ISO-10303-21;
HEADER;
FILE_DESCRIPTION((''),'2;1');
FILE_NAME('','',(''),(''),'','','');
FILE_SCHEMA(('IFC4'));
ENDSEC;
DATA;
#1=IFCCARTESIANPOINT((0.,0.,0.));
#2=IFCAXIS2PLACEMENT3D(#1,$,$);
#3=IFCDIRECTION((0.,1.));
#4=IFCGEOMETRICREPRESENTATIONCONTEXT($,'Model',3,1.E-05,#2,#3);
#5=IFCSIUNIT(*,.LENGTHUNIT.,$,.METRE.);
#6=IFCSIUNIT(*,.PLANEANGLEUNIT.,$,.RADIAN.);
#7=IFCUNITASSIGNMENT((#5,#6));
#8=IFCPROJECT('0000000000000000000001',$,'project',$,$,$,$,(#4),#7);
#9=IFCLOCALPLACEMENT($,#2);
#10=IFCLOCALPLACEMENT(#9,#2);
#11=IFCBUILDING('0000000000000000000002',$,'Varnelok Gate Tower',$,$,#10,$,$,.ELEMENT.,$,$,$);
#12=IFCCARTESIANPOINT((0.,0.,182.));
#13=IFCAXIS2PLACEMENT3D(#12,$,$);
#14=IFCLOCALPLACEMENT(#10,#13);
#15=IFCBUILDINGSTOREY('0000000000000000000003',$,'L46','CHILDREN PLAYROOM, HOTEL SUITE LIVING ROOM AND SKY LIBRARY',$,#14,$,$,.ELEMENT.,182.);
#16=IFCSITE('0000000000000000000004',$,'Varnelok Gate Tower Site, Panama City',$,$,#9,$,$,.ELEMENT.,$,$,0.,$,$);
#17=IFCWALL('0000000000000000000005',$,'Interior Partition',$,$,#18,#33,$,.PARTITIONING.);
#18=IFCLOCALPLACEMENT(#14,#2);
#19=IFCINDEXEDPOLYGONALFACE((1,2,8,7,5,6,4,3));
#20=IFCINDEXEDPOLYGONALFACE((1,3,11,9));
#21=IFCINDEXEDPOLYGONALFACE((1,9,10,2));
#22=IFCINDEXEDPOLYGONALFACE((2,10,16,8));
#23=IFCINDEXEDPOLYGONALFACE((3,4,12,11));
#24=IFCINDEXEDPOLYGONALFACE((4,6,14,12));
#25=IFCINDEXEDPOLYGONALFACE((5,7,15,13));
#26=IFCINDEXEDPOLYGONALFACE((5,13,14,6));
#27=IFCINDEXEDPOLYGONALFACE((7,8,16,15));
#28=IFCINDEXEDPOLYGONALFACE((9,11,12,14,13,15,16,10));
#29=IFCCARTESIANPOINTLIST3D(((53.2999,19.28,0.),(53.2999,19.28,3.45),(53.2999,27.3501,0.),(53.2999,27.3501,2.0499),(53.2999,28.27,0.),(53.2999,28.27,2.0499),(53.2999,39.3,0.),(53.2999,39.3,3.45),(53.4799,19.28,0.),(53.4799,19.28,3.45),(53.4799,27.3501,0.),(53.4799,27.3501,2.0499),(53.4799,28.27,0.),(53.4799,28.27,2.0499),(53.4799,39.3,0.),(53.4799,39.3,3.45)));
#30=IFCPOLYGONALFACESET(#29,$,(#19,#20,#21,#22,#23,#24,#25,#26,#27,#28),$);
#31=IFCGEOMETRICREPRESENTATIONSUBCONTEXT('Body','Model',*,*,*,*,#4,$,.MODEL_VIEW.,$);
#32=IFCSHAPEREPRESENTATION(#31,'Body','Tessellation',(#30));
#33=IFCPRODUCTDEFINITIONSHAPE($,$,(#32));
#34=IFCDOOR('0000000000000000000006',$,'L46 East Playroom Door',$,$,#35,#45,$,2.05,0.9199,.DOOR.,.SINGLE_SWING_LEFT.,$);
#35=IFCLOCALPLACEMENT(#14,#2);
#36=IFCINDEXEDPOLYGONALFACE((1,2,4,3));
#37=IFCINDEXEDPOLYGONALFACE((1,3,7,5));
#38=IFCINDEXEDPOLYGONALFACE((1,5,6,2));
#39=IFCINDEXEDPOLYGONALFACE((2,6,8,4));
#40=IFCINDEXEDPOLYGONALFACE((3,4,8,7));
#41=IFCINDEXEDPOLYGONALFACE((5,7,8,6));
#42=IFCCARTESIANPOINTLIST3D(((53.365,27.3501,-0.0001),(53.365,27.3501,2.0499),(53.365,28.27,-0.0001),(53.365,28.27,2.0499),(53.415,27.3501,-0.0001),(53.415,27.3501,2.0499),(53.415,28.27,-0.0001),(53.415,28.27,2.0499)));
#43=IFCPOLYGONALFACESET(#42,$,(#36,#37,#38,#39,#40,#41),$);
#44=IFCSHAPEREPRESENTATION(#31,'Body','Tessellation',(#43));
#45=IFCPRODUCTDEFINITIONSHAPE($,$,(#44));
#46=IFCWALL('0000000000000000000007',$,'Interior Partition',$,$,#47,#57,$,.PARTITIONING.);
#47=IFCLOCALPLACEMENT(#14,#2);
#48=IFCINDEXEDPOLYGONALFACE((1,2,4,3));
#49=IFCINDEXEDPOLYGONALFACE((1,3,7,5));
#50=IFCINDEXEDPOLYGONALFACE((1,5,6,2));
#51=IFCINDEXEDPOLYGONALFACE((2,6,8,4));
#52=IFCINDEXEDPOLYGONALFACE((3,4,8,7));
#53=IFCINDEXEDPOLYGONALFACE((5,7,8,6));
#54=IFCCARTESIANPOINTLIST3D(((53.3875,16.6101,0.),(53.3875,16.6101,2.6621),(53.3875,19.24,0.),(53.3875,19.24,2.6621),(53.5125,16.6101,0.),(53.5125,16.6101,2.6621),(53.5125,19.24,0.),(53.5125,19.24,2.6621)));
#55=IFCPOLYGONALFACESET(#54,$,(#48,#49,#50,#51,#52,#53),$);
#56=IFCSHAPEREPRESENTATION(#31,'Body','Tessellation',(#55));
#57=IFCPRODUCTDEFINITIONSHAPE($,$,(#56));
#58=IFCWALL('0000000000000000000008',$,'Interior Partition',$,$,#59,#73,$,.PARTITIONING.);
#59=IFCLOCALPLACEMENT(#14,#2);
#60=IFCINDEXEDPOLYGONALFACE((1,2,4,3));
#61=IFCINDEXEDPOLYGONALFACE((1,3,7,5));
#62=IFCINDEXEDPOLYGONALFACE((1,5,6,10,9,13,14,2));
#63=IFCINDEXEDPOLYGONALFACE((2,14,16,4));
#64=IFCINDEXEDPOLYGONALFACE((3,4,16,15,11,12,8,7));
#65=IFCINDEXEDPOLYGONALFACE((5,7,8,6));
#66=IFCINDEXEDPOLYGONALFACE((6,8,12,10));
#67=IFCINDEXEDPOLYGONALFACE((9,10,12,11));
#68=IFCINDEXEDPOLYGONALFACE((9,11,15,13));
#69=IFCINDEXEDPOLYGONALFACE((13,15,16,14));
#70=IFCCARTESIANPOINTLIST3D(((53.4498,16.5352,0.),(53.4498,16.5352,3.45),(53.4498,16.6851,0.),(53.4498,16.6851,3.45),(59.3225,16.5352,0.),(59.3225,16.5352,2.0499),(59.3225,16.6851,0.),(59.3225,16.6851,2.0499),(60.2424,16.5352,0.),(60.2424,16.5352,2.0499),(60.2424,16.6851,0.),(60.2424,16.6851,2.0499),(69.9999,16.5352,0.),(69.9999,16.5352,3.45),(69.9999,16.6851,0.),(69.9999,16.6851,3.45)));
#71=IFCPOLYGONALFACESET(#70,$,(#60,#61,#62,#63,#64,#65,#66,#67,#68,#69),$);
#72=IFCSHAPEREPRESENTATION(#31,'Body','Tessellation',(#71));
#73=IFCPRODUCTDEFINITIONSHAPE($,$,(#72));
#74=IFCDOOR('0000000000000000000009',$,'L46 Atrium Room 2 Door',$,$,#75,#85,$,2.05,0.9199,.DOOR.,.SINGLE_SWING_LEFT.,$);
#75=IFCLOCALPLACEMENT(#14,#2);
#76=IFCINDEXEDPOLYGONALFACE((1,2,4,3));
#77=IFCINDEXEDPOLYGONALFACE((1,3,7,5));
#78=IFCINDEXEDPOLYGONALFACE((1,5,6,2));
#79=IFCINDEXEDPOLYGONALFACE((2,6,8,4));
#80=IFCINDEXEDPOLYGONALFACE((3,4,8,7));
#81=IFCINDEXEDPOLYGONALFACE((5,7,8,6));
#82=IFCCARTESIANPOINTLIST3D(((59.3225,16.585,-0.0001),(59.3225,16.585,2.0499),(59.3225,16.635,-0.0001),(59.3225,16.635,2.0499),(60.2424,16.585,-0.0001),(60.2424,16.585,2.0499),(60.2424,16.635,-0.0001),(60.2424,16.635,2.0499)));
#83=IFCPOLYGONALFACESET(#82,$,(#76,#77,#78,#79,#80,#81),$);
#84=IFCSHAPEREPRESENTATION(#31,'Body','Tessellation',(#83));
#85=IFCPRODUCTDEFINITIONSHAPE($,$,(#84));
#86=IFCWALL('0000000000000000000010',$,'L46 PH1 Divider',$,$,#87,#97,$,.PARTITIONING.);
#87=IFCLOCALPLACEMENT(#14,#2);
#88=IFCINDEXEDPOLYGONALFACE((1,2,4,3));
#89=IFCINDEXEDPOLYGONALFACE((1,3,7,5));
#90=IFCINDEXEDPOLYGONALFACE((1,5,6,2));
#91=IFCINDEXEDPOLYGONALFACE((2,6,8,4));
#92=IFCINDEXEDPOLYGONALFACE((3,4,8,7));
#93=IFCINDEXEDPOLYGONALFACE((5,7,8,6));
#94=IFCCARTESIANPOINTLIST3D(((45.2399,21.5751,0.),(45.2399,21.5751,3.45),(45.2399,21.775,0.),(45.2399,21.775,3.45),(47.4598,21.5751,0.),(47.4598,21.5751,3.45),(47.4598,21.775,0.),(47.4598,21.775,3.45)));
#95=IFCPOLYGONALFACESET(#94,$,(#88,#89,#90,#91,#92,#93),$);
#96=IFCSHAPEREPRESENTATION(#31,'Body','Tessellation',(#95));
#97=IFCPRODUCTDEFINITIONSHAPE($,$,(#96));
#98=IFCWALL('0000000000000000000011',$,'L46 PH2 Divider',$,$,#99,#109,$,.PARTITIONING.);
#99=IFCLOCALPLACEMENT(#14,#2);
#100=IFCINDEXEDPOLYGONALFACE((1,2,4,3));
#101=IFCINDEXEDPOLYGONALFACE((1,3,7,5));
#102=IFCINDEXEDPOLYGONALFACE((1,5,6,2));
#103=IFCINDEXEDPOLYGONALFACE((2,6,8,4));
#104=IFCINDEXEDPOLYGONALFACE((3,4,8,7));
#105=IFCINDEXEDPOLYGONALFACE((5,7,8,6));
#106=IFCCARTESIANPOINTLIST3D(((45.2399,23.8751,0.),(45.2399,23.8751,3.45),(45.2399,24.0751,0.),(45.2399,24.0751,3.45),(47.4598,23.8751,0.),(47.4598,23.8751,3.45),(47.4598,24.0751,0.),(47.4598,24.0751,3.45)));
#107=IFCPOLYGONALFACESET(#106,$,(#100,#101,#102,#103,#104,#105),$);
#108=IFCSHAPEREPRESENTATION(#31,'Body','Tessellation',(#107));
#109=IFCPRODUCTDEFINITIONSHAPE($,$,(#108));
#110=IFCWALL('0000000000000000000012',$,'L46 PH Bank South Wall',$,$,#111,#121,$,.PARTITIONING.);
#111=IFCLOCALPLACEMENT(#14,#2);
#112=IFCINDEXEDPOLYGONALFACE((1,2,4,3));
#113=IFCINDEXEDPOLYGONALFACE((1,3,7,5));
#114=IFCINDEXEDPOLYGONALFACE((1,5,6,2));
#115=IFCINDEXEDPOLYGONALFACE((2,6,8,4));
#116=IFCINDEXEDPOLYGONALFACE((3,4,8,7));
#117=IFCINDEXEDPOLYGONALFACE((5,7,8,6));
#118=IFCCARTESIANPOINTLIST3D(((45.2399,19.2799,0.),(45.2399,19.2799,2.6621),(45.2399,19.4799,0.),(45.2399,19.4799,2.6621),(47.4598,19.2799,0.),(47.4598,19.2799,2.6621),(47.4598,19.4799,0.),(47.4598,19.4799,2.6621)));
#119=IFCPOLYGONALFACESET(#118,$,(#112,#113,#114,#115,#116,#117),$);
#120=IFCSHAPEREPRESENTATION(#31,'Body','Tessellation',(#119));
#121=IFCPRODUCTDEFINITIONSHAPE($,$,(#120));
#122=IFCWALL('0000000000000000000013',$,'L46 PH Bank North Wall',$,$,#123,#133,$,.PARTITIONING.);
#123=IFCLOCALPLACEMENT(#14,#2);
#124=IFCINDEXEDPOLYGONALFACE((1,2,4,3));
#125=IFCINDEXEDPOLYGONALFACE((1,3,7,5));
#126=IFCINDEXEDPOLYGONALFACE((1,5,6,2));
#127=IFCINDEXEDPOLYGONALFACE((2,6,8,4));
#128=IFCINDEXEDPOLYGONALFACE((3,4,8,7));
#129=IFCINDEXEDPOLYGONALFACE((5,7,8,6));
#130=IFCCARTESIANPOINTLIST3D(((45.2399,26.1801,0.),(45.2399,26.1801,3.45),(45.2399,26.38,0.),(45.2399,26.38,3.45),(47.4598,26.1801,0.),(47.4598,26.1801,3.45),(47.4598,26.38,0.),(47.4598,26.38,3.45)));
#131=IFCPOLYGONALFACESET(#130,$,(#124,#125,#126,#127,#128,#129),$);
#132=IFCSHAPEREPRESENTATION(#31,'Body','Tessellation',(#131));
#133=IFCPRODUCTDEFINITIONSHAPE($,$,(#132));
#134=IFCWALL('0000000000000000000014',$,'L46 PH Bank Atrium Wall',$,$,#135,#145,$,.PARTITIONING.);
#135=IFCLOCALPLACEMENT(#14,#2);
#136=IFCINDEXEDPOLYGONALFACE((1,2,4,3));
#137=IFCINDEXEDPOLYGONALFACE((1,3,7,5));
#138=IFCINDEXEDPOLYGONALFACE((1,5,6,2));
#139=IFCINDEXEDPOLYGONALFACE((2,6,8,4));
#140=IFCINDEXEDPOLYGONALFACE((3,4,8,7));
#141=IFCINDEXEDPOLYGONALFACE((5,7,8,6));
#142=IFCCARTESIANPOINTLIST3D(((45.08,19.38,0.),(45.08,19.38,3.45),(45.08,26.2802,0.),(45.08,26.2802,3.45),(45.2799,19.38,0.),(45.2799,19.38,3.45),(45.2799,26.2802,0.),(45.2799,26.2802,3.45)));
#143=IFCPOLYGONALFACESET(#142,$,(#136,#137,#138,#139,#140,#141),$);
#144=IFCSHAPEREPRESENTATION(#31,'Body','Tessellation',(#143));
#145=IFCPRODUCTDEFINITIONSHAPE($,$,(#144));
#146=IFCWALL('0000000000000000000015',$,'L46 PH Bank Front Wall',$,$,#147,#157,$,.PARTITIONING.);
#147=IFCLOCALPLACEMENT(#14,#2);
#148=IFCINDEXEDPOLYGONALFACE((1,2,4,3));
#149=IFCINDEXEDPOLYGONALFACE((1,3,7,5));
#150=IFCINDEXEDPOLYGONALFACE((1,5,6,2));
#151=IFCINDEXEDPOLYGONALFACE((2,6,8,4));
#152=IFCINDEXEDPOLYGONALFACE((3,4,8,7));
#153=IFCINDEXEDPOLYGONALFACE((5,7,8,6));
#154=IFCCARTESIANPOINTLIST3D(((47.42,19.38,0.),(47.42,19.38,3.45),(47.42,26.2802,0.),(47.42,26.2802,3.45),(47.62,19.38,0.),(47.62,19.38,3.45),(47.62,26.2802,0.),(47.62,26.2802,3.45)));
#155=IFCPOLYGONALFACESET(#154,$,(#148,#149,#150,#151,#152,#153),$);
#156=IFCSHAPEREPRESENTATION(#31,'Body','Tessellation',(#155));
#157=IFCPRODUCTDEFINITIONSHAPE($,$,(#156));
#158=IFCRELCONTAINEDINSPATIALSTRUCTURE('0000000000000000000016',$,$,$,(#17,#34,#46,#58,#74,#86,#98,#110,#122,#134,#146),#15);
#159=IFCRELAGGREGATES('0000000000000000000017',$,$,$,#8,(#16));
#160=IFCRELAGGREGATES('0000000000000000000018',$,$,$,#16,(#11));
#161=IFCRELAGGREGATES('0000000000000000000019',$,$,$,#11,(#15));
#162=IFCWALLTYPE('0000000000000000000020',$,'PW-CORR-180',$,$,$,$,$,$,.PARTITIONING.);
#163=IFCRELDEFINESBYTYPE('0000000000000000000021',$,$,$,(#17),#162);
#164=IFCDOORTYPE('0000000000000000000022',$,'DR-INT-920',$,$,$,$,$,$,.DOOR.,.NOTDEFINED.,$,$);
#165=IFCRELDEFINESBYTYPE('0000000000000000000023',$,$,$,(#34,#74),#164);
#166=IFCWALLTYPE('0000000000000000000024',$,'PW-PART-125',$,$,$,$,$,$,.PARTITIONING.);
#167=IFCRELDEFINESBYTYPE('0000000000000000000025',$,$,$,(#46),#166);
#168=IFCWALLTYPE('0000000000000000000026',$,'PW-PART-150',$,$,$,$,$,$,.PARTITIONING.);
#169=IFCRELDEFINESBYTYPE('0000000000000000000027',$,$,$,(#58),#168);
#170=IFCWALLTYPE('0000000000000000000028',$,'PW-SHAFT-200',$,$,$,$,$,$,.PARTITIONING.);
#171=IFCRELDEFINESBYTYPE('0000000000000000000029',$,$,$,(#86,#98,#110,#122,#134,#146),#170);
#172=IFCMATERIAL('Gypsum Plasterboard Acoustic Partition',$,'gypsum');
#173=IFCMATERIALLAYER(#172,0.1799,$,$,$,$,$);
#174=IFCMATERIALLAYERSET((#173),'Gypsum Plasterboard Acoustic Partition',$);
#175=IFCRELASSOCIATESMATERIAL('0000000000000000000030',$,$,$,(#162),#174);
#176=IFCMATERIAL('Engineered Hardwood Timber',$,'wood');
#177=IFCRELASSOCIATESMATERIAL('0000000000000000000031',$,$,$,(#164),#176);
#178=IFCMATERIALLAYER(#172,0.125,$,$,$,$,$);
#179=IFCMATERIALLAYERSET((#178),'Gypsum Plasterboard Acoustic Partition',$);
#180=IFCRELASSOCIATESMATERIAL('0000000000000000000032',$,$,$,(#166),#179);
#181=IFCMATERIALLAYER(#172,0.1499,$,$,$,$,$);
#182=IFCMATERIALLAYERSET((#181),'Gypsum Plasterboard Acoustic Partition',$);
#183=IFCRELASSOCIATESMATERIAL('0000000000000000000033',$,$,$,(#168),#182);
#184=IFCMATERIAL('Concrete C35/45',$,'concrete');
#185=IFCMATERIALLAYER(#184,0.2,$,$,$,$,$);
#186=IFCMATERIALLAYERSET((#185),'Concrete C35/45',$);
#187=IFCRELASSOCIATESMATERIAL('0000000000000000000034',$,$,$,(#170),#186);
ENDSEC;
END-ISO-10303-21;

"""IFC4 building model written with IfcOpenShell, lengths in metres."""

from ifc_helpers import new_model, si_unit, direction, frame, frame_2d, origin, place, context, subcontext, project, spatial, rectangle, extrude, material, layer, layer_set, type_object, element, fill, save


model = new_model("IFC4")

# Units and contexts
model_context = context("Model", 3, precision=1e-05, world=origin(), true_north=direction((0.0, 1.0)))
body_context = subcontext(model_context, "Body", "Model", "MODEL_VIEW")
ifc_project = project(units=[si_unit("LENGTHUNIT", "METRE"), si_unit("PLANEANGLEUNIT", "RADIAN")], contexts=[model_context])

# Site, building, storey
site_placement = place(None, origin())
site = spatial("IfcSite", under=ifc_project, at=site_placement, Name="Varnelok Gate Tower Site, Panama City", CompositionType="ELEMENT", RefElevation=0.0)
building_placement = place(site_placement, origin())
building = spatial("IfcBuilding", under=site, at=building_placement, Name="Varnelok Gate Tower", CompositionType="ELEMENT")
storey_placement = place(building_placement, frame((0.0, 0.0, 182.0)))
storey = spatial("IfcBuildingStorey", under=building, at=storey_placement, Name="L46", Description="CHILDREN PLAYROOM, HOTEL SUITE LIVING ROOM AND SKY LIBRARY", CompositionType="ELEMENT", Elevation=182.0)

# Wall, opening, door
ifc_material_1 = material(Name="Gypsum Plasterboard Acoustic Partition", Category="gypsum")
ifc_layer_1 = layer(ifc_material_1, 0.1799)
ifc_layer_set_1 = layer_set([ifc_layer_1], Name="Gypsum Plasterboard Acoustic Partition")
wall_type_1 = type_object("IfcWallType", Name="PW-CORR-180", PredefinedType="PARTITIONING", material=ifc_layer_set_1)
wall_1_placement = place(storey_placement, frame((53.3899, 19.28, 0.0), z_axis=(0.0, 0.0, 1.0), x_axis=(0.0, 1.0, 0.0)))
wall_1 = element("IfcWall", 1, at=wall_1_placement, inside=storey, type_object=wall_type_1, Name="Interior Partition", PredefinedType="PARTITIONING", context=body_context, shape_type="SweptSolid", body=[
    extrude(rectangle(XDim=20.02, YDim=0.1799, at=frame_2d((10.01, 0.0))), origin(), (0.0, 0.0, 1.0), 3.45),
])
opening_1_placement = place(wall_1_placement, frame((8.0701, 0.0, 0.0)))
opening_1 = element("IfcOpeningElement", 2, at=opening_1_placement, cuts=wall_1, PredefinedType="OPENING", context=body_context, shape_type="SweptSolid", body=[
    extrude(rectangle(XDim=0.9199, YDim=2.05, at=frame_2d((0.46, 1.0249))), frame((0.0, 0.0999, 0.0), z_axis=(0.0, -1.0, 0.0), x_axis=(1.0, 0.0, 0.0)), (0.0, 0.0, 1.0), 0.2),
])
ifc_material_2 = material(Name="Engineered Hardwood Timber", Category="wood")
door_type = type_object("IfcDoorType", Name="DR-INT-920", OperationType="NOTDEFINED", PredefinedType="DOOR", material=ifc_material_2)
door_1_placement = place(opening_1_placement, origin())
door_1 = element("IfcDoor", 3, at=door_1_placement, inside=storey, type_object=door_type, Name="L46 East Playroom Door", OperationType="SINGLE_SWING_LEFT", OverallHeight=2.05, OverallWidth=0.9199, PredefinedType="DOOR", context=body_context, shape_type="SweptSolid", body=[
    extrude(rectangle(XDim=0.9199, YDim=2.05, at=frame_2d((0.46, 1.0249))), frame((0.0, 0.0249, 0.0), z_axis=(0.0, -1.0, 0.0), x_axis=(1.0, 0.0, 0.0)), (0.0, 0.0, 1.0), 0.05),
])
fill(opening_1, door_1)

# Wall
ifc_layer_2 = layer(ifc_material_1, 0.125)
ifc_layer_set_2 = layer_set([ifc_layer_2], Name="Gypsum Plasterboard Acoustic Partition")
wall_type_2 = type_object("IfcWallType", Name="PW-PART-125", PredefinedType="PARTITIONING", material=ifc_layer_set_2)
wall_2_placement = place(storey_placement, frame((53.45, 16.6101, 0.0), z_axis=(0.0, 0.0, 1.0), x_axis=(0.0, 1.0, 0.0)))
element("IfcWall", 4, at=wall_2_placement, inside=storey, type_object=wall_type_2, Name="Interior Partition", PredefinedType="PARTITIONING", context=body_context, shape_type="SweptSolid", body=[
    extrude(rectangle(XDim=2.6299, YDim=0.125, at=frame_2d((1.3149, 0.0))), origin(), (0.0, 0.0, 1.0), 2.6621),
])

# Wall, opening, door
ifc_layer_3 = layer(ifc_material_1, 0.1499)
ifc_layer_set_3 = layer_set([ifc_layer_3], Name="Gypsum Plasterboard Acoustic Partition")
wall_type_3 = type_object("IfcWallType", Name="PW-PART-150", PredefinedType="PARTITIONING", material=ifc_layer_set_3)
wall_3_placement = place(storey_placement, frame((53.45, 16.6101, 0.0), z_axis=(0.0, 0.0, 1.0), x_axis=(1.0, 0.0, 0.0)))
wall_3 = element("IfcWall", 5, at=wall_3_placement, inside=storey, type_object=wall_type_3, Name="Interior Partition", PredefinedType="PARTITIONING", context=body_context, shape_type="SweptSolid", body=[
    extrude(rectangle(XDim=16.55, YDim=0.1499, at=frame_2d((8.2749, 0.0))), origin(), (0.0, 0.0, 1.0), 3.45),
])
opening_2_placement = place(wall_3_placement, frame((5.8726, 0.0, 0.0)))
opening_2 = element("IfcOpeningElement", 6, at=opening_2_placement, cuts=wall_3, PredefinedType="OPENING", context=body_context, shape_type="SweptSolid", body=[
    extrude(rectangle(XDim=0.9199, YDim=2.05, at=frame_2d((0.46, 1.0249))), frame((0.0, 0.085, 0.0), z_axis=(0.0, -1.0, 0.0), x_axis=(1.0, 0.0, 0.0)), (0.0, 0.0, 1.0), 0.1699),
])
door_2_placement = place(opening_2_placement, origin())
door_2 = element("IfcDoor", 7, at=door_2_placement, inside=storey, type_object=door_type, Name="L46 Atrium Room 2 Door", OperationType="SINGLE_SWING_LEFT", OverallHeight=2.05, OverallWidth=0.9199, PredefinedType="DOOR", context=body_context, shape_type="SweptSolid", body=[
    extrude(rectangle(XDim=0.9199, YDim=2.05, at=frame_2d((0.46, 1.0249))), frame((0.0, 0.0249, 0.0), z_axis=(0.0, -1.0, 0.0), x_axis=(1.0, 0.0, 0.0)), (0.0, 0.0, 1.0), 0.05),
])
fill(opening_2, door_2)

# Walls
ifc_material_3 = material(Name="Concrete C35/45", Category="concrete")
ifc_layer_4 = layer(ifc_material_3, 0.2)
ifc_layer_set_4 = layer_set([ifc_layer_4], Name="Concrete C35/45")
wall_type_4 = type_object("IfcWallType", Name="PW-SHAFT-200", PredefinedType="PARTITIONING", material=ifc_layer_set_4)
for number, where, z_axis, x_axis, name in (
    (8, (45.24, 21.675, 0.0), (0.0, 0.0, 1.0), (1.0, 0.0, 0.0), "L46 PH1 Divider"),
    (9, (45.24, 23.9751, 0.0), (0.0, 0.0, 1.0), (1.0, 0.0, 0.0), "L46 PH2 Divider"),
):
    element("IfcWall", number, at=place(storey_placement, frame(where, z_axis=z_axis, x_axis=x_axis)), inside=storey, type_object=wall_type_4, Name=name, PredefinedType="PARTITIONING", context=body_context, shape_type="SweptSolid", body=[
        extrude(rectangle(XDim=2.22, YDim=0.2, at=frame_2d((1.1099, 0.0))), origin(), (0.0, 0.0, 1.0), 3.45),
    ])
wall_4_placement = place(storey_placement, frame((45.24, 19.3799, 0.0), z_axis=(0.0, 0.0, 1.0), x_axis=(1.0, 0.0, 0.0)))
element("IfcWall", 10, at=wall_4_placement, inside=storey, type_object=wall_type_4, Name="L46 PH Bank South Wall", PredefinedType="PARTITIONING", context=body_context, shape_type="SweptSolid", body=[
    extrude(rectangle(XDim=2.22, YDim=0.2, at=frame_2d((1.1099, 0.0))), origin(), (0.0, 0.0, 1.0), 2.6621),
])
wall_5_placement = place(storey_placement, frame((45.24, 26.28, 0.0), z_axis=(0.0, 0.0, 1.0), x_axis=(1.0, 0.0, 0.0)))
element("IfcWall", 11, at=wall_5_placement, inside=storey, type_object=wall_type_4, Name="L46 PH Bank North Wall", PredefinedType="PARTITIONING", context=body_context, shape_type="SweptSolid", body=[
    extrude(rectangle(XDim=2.22, YDim=0.2, at=frame_2d((1.1099, 0.0))), origin(), (0.0, 0.0, 1.0), 3.45),
])
for number, where, z_axis, x_axis, name in (
    (12, (45.1799, 19.3799, 0.0), (0.0, 0.0, 1.0), (0.0, 1.0, 0.0), "L46 PH Bank Atrium Wall"),
    (13, (47.52, 19.3799, 0.0), (0.0, 0.0, 1.0), (0.0, 1.0, 0.0), "L46 PH Bank Front Wall"),
):
    element("IfcWall", number, at=place(storey_placement, frame(where, z_axis=z_axis, x_axis=x_axis)), inside=storey, type_object=wall_type_4, Name=name, PredefinedType="PARTITIONING", context=body_context, shape_type="SweptSolid", body=[
        extrude(rectangle(XDim=6.9001, YDim=0.2, at=frame_2d((3.4502, 0.0))), origin(), (0.0, 0.0, 1.0), 3.45),
    ])

save(model, "model.ifc")
